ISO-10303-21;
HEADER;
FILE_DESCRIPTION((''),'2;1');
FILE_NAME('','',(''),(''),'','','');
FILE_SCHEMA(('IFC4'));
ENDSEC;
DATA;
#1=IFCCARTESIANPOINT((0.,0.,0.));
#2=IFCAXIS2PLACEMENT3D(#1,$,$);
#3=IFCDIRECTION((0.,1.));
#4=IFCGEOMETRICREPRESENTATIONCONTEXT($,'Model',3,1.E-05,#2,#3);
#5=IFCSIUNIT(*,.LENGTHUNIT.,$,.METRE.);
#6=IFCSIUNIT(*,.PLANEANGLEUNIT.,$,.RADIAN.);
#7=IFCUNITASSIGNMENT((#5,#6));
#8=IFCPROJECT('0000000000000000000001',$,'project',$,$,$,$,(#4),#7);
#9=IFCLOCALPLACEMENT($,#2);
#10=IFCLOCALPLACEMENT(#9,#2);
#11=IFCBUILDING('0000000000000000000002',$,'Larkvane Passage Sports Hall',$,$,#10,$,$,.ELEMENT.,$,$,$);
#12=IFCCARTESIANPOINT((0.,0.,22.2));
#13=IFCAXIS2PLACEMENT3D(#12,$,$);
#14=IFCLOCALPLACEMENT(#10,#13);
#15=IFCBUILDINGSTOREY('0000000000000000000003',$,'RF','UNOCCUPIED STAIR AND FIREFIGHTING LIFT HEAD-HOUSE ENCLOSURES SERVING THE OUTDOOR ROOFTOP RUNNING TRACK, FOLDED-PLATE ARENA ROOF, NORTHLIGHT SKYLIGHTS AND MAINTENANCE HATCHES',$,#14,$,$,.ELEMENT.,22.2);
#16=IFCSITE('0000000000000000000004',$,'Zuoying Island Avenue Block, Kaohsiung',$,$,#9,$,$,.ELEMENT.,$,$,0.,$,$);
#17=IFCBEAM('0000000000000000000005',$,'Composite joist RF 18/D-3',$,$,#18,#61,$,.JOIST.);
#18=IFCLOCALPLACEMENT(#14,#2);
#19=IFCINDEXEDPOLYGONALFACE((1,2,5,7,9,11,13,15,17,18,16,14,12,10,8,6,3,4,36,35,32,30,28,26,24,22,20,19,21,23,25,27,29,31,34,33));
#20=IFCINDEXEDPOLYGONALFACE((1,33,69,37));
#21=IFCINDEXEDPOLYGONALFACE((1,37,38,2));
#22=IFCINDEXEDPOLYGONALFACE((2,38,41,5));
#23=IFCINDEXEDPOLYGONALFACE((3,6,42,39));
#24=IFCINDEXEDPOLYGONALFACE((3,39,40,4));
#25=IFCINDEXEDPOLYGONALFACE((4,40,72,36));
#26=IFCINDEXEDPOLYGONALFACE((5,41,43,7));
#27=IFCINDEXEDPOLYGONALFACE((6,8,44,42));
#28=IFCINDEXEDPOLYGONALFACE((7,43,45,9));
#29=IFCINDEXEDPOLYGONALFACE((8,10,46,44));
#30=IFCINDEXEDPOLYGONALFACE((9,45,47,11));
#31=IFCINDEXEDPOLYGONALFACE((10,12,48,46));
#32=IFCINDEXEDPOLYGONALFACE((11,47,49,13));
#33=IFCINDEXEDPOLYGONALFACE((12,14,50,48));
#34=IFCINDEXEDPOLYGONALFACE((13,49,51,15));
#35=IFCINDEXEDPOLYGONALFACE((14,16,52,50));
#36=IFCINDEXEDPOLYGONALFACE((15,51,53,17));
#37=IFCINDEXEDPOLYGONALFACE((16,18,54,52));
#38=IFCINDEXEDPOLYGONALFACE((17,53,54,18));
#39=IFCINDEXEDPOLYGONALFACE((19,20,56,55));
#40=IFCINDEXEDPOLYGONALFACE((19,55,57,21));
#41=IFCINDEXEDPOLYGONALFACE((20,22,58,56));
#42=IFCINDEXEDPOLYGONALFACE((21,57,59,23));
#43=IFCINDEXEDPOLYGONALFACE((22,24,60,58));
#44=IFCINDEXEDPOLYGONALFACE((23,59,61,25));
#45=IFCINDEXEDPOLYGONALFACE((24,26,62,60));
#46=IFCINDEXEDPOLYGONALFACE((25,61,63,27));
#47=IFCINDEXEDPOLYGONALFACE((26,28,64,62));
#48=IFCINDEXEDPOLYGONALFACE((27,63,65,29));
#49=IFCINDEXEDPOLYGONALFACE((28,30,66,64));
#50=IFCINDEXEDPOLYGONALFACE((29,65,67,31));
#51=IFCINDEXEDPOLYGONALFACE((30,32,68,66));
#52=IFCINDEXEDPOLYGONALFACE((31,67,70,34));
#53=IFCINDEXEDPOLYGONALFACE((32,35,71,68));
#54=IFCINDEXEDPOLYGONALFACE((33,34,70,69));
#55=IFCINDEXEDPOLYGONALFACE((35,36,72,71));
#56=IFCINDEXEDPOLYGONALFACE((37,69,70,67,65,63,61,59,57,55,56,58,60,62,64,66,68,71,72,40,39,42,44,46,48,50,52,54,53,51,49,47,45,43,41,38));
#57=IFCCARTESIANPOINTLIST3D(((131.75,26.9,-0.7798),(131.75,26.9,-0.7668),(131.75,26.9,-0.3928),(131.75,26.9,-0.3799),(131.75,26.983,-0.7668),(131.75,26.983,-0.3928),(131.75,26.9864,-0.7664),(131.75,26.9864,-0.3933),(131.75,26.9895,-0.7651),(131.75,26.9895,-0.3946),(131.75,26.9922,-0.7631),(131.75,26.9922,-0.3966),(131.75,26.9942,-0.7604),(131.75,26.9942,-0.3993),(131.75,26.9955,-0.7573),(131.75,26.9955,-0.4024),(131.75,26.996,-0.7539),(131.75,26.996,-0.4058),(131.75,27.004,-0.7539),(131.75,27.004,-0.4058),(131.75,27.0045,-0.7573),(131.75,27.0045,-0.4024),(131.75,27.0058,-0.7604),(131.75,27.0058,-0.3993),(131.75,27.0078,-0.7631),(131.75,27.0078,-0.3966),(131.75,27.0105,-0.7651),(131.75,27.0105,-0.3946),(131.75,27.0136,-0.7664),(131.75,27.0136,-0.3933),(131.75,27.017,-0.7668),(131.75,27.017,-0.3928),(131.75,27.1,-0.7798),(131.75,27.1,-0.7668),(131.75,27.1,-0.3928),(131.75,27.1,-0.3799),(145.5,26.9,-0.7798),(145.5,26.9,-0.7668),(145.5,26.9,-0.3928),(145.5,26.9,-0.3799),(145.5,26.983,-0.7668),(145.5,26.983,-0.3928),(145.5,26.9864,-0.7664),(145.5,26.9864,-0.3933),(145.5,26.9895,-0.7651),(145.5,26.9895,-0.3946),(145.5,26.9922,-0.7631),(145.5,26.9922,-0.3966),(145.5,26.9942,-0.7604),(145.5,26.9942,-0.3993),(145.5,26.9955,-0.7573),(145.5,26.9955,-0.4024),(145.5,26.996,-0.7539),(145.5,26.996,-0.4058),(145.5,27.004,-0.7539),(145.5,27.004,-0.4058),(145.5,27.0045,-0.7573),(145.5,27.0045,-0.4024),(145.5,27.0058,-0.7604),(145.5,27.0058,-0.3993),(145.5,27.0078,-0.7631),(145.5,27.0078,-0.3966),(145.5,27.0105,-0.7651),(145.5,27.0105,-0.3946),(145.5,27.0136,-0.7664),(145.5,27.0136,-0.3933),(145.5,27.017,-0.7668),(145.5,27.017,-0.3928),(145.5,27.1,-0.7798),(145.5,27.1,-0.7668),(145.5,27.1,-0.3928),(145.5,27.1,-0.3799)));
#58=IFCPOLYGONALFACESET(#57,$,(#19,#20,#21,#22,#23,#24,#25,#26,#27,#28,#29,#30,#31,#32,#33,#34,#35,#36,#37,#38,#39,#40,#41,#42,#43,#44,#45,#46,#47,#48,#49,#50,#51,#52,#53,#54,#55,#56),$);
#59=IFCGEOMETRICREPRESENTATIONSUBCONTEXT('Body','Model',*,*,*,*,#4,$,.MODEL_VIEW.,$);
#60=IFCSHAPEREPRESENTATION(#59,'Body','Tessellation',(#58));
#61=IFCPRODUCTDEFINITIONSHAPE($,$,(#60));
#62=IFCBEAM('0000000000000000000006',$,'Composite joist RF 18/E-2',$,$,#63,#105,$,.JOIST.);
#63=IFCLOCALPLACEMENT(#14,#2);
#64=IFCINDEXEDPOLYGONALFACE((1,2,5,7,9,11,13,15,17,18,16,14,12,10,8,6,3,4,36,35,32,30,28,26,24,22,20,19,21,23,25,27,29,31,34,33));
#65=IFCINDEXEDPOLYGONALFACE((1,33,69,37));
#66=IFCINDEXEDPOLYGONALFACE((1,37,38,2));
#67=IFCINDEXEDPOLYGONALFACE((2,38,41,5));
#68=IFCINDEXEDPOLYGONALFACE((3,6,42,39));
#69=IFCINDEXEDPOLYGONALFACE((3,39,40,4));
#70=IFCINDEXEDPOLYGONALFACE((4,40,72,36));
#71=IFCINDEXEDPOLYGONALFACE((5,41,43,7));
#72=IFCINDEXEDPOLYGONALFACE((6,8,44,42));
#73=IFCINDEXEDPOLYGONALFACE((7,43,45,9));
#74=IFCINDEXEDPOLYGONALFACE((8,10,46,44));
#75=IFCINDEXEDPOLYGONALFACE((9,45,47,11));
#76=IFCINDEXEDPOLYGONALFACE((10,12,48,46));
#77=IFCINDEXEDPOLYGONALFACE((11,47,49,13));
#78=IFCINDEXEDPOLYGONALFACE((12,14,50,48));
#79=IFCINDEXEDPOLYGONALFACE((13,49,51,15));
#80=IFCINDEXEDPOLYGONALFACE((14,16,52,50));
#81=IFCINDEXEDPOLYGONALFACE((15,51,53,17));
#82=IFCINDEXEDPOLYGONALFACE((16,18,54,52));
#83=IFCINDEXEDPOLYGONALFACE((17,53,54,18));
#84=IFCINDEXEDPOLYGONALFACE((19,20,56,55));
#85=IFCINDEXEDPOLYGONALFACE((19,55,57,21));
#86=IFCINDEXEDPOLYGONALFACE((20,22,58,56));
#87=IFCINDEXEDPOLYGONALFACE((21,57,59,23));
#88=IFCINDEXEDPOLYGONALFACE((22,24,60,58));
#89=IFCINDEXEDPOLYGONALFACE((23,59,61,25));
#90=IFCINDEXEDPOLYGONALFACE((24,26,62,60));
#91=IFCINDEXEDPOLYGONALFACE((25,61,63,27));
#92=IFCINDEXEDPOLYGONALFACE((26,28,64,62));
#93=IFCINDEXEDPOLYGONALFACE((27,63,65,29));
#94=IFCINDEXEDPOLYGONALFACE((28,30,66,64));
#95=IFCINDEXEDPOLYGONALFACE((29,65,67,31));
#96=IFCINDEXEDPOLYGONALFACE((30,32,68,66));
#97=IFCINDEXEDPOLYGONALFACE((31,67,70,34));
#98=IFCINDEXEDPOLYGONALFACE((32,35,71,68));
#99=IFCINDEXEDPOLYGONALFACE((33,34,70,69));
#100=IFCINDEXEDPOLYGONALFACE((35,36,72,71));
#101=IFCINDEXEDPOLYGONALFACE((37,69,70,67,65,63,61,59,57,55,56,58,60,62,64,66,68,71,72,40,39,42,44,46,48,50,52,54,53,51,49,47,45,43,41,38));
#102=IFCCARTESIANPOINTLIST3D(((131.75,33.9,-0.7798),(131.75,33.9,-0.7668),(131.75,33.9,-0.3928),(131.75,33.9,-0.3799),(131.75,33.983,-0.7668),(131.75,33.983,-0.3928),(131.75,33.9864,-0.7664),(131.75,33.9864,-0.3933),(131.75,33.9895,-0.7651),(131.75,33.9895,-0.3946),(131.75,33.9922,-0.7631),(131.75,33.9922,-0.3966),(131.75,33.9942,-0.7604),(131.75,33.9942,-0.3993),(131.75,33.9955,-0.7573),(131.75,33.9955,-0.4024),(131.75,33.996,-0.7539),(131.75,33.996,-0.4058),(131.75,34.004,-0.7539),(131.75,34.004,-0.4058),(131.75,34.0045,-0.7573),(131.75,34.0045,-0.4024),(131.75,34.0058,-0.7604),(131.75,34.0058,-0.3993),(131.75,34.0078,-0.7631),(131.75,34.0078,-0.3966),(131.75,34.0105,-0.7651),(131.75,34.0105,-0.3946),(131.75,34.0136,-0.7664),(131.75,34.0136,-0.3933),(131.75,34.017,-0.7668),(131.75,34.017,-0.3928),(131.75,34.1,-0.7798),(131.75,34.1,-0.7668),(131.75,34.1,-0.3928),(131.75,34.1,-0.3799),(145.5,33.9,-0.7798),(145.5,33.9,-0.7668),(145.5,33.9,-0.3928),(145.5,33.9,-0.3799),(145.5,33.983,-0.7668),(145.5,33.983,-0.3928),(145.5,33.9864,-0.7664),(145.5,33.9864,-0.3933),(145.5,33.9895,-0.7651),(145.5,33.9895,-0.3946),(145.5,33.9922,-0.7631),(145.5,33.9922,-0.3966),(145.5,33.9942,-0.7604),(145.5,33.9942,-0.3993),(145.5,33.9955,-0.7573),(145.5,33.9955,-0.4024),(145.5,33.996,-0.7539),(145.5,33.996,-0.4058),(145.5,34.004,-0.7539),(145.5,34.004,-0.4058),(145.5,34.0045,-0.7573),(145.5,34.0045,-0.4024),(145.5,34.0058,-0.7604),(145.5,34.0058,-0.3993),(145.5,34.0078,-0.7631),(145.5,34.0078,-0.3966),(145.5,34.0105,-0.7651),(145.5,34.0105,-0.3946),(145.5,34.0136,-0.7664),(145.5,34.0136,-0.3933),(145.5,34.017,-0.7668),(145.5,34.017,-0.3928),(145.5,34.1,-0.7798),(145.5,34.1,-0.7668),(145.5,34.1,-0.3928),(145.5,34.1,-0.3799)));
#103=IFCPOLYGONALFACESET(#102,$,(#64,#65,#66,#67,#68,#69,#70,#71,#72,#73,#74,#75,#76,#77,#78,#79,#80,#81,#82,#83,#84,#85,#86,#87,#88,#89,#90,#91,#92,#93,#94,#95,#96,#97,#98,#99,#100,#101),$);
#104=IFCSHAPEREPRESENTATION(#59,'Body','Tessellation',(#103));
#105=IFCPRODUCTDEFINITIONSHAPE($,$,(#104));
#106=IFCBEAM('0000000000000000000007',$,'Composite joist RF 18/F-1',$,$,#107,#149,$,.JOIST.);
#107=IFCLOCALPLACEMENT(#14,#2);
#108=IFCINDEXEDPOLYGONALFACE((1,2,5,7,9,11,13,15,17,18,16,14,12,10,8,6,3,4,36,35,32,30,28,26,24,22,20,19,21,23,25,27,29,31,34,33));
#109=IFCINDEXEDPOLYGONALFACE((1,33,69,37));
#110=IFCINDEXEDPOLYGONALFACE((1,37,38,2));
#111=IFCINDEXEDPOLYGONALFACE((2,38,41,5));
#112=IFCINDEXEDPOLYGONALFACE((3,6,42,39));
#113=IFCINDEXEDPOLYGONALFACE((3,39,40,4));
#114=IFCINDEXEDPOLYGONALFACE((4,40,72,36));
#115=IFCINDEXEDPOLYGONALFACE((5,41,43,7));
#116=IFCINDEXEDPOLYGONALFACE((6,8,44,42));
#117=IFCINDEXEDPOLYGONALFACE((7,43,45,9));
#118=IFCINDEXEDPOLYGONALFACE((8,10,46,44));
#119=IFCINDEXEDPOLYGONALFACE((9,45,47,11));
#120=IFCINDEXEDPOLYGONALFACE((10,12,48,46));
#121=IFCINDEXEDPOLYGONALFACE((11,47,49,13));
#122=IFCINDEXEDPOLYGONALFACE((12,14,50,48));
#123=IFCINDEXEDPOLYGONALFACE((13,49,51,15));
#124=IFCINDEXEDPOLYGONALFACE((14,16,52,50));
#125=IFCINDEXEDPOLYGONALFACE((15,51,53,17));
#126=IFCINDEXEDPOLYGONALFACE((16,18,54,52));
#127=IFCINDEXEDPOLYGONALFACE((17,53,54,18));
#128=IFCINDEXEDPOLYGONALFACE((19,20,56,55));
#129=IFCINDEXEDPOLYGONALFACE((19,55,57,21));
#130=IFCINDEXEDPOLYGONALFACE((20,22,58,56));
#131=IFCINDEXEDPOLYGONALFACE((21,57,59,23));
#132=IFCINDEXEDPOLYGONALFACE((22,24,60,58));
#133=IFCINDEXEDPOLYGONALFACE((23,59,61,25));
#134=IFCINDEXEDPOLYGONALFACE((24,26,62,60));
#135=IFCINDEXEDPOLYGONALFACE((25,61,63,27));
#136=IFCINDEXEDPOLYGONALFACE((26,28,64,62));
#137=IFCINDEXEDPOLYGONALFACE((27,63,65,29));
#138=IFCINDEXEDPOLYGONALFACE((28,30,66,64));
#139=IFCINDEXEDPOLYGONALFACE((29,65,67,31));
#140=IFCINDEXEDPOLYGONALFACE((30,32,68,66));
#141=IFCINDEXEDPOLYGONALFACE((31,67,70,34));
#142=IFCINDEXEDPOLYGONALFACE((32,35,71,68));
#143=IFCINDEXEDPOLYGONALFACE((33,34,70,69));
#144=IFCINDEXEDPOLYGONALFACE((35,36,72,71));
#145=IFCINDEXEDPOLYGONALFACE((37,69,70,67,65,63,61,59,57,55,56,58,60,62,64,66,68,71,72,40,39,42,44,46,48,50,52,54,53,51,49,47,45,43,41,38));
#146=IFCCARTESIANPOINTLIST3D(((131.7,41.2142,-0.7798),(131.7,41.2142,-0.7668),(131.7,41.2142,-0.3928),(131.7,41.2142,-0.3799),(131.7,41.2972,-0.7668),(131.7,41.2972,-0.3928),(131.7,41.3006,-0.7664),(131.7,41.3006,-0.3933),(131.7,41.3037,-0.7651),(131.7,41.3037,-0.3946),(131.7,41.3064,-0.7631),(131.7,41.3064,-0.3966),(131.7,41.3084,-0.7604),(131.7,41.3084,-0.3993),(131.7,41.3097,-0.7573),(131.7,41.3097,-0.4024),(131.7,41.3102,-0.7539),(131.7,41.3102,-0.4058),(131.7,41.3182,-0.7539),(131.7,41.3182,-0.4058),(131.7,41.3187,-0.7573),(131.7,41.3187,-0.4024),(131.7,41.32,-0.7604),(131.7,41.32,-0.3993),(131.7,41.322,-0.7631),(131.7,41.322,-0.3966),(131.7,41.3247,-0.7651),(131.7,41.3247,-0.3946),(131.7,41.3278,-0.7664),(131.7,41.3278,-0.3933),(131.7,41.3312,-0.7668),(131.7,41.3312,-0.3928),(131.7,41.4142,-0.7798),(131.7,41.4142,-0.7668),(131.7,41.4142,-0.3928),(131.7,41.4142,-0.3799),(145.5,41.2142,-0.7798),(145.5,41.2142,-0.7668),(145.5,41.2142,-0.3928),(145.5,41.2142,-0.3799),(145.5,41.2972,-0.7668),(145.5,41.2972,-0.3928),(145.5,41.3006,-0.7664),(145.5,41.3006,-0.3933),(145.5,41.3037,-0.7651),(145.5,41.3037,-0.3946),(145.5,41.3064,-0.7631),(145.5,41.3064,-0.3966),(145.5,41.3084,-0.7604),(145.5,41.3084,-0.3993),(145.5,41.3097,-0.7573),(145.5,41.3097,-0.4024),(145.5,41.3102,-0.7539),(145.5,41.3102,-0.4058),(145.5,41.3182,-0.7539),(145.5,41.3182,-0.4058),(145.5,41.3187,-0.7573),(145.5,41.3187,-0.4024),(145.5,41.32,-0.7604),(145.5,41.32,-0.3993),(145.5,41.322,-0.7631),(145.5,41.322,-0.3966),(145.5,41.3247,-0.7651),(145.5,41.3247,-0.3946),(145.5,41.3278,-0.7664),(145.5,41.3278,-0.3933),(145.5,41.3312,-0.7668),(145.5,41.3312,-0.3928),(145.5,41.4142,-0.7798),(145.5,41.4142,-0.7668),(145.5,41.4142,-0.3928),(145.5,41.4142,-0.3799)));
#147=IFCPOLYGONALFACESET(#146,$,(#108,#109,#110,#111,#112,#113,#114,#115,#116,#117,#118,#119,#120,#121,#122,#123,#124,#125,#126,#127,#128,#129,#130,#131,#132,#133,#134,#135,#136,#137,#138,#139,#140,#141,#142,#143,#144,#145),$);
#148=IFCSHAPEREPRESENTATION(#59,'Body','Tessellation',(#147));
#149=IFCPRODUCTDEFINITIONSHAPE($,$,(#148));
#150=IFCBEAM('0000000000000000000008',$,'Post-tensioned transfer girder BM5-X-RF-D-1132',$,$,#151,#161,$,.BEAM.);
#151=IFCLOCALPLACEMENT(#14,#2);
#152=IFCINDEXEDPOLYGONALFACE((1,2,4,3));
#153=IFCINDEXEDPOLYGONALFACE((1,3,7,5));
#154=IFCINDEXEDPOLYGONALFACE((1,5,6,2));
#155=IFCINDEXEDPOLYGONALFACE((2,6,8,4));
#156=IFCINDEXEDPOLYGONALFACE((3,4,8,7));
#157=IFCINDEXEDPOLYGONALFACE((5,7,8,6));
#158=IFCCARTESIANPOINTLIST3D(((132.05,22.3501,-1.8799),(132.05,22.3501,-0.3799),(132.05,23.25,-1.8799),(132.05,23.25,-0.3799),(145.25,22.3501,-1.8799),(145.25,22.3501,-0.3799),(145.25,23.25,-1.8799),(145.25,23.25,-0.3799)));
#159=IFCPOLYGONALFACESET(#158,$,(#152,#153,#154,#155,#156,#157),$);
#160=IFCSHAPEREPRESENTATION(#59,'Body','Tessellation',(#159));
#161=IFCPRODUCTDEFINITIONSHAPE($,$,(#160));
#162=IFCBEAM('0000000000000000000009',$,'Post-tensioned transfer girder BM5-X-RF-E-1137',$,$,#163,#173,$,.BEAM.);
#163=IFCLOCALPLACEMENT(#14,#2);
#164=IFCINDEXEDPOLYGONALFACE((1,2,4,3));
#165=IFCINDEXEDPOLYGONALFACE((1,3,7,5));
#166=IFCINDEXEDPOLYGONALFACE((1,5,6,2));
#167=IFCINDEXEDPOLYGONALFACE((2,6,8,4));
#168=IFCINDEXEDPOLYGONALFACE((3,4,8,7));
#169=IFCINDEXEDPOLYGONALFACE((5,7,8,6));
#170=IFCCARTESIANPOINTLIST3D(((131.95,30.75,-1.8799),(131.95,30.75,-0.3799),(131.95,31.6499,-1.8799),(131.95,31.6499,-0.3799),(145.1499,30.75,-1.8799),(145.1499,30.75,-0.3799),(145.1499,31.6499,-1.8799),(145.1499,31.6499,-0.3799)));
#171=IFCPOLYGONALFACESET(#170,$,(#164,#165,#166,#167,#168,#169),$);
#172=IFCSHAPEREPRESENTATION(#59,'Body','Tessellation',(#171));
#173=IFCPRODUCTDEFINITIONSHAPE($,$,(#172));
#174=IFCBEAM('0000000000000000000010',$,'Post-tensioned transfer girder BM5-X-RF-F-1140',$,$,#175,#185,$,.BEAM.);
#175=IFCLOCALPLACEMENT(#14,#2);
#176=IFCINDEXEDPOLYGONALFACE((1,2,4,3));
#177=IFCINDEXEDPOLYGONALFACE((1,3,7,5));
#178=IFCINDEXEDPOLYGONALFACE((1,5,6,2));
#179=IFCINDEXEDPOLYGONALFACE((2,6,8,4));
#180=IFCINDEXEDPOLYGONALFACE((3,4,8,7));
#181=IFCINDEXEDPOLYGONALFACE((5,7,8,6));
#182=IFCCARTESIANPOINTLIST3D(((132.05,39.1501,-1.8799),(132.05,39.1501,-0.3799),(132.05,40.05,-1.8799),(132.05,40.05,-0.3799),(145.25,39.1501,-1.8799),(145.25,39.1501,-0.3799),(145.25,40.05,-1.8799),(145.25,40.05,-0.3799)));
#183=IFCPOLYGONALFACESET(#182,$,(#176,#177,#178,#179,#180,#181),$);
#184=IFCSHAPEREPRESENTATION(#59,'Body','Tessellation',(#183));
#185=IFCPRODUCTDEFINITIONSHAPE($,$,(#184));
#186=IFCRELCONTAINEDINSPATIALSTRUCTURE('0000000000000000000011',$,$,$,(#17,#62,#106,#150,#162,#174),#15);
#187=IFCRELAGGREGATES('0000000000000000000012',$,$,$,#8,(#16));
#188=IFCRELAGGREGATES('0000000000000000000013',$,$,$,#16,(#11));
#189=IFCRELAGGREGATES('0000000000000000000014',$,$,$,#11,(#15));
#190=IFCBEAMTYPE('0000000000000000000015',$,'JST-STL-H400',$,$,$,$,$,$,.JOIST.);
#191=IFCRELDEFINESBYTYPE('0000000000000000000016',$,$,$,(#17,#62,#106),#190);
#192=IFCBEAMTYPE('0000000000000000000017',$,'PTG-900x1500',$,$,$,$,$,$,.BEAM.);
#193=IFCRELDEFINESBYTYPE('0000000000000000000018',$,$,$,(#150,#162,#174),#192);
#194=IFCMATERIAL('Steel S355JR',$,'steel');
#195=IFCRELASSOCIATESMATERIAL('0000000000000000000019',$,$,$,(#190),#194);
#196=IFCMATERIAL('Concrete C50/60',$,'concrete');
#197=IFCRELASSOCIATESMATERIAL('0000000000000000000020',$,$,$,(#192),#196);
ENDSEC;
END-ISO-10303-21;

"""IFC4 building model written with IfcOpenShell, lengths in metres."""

from ifc_helpers import new_model, si_unit, direction, frame, origin, origin_2d, place, context, subcontext, project, spatial, rectangle, i_section, extrude, material, material_profile, profile_set, type_object, element, save


model = new_model("IFC4")

# Units and contexts
model_context = context("Model", 3, precision=1e-05, world=origin(), true_north=direction((0.0, 1.0)))
body_context = subcontext(model_context, "Body", "Model", "MODEL_VIEW")
ifc_project = project(units=[si_unit("LENGTHUNIT", "METRE"), si_unit("PLANEANGLEUNIT", "RADIAN")], contexts=[model_context])

# Site, building, storey
site_placement = place(None, origin())
site = spatial("IfcSite", under=ifc_project, at=site_placement, Name="Zuoying Island Avenue Block, Kaohsiung", CompositionType="ELEMENT", RefElevation=0.0)
building_placement = place(site_placement, origin())
building = spatial("IfcBuilding", under=site, at=building_placement, Name="Larkvane Passage Sports Hall", CompositionType="ELEMENT")
storey_placement = place(building_placement, frame((0.0, 0.0, 22.2)))
storey = spatial("IfcBuildingStorey", under=building, at=storey_placement, Name="RF", Description="UNOCCUPIED STAIR AND FIREFIGHTING LIFT HEAD-HOUSE ENCLOSURES SERVING THE OUTDOOR ROOFTOP RUNNING TRACK, FOLDED-PLATE ARENA ROOF, NORTHLIGHT SKYLIGHTS AND MAINTENANCE HATCHES", CompositionType="ELEMENT", Elevation=22.2)

# Beams
ifc_material_1 = material(Name="Steel S355JR", Category="steel")
ifc_material_profile_1 = material_profile(ifc_material_1, i_section(OverallWidth=0.2, OverallDepth=0.3999, WebThickness=0.0081, FlangeThickness=0.0129, FilletRadius=0.0129, at=origin_2d()), Name="H-400x200x8x13")
ifc_profile_set_1 = profile_set([ifc_material_profile_1], Name="Steel S355JR")
beam_type_1 = type_object("IfcBeamType", Name="JST-STL-H400", PredefinedType="JOIST", material=ifc_profile_set_1)
for number, where, z_axis, x_axis, name in (
    (1, (131.75, 27.0, -0.5798), (1.0, 0.0, 0.0), (0.0, 1.0, 0.0), "Composite joist RF 18/D-3"),
    (2, (131.75, 34.0, -0.5798), (1.0, 0.0, 0.0), (0.0, 1.0, 0.0), "Composite joist RF 18/E-2"),
):
    element("IfcBeam", number, at=place(storey_placement, frame(where, z_axis=z_axis, x_axis=x_axis)), inside=storey, type_object=beam_type_1, Name=name, PredefinedType="JOIST", context=body_context, shape_type="SweptSolid", body=[
        extrude(i_section(OverallWidth=0.2, OverallDepth=0.3999, WebThickness=0.0081, FlangeThickness=0.0129, FilletRadius=0.0129, at=origin_2d()), origin(), (0.0, 0.0, 1.0), 13.75),
    ])
beam_1_placement = place(storey_placement, frame((131.7, 41.3142, -0.5798), z_axis=(1.0, 0.0, 0.0), x_axis=(0.0, 1.0, 0.0)))
element("IfcBeam", 3, at=beam_1_placement, inside=storey, type_object=beam_type_1, Name="Composite joist RF 18/F-1", PredefinedType="JOIST", context=body_context, shape_type="SweptSolid", body=[
    extrude(i_section(OverallWidth=0.2, OverallDepth=0.3999, WebThickness=0.0081, FlangeThickness=0.0129, FilletRadius=0.0129, at=origin_2d()), origin(), (0.0, 0.0, 1.0), 13.8),
])
ifc_material_2 = material(Name="Concrete C50/60", Category="concrete")
ifc_material_profile_2 = material_profile(ifc_material_2, rectangle(XDim=0.8999, YDim=1.5, at=origin_2d()), Name="PT-GIR-900x1500")
ifc_profile_set_2 = profile_set([ifc_material_profile_2], Name="Concrete C50/60")
beam_type_2 = type_object("IfcBeamType", Name="PTG-900x1500", PredefinedType="BEAM", material=ifc_profile_set_2)
for number, where, z_axis, x_axis, name in (
    (4, (132.05, 22.8, -1.1299), (1.0, 0.0, 0.0), (0.0, 1.0, 0.0), "Post-tensioned transfer girder BM5-X-RF-D-1132"),
    (5, (131.95, 31.2, -1.1299), (1.0, 0.0, 0.0), (0.0, 1.0, 0.0), "Post-tensioned transfer girder BM5-X-RF-E-1137"),
    (6, (132.05, 39.6001, -1.1299), (1.0, 0.0, 0.0), (0.0, 1.0, 0.0), "Post-tensioned transfer girder BM5-X-RF-F-1140"),
):
    element("IfcBeam", number, at=place(storey_placement, frame(where, z_axis=z_axis, x_axis=x_axis)), inside=storey, type_object=beam_type_2, Name=name, PredefinedType="BEAM", context=body_context, shape_type="SweptSolid", body=[
        extrude(rectangle(XDim=0.8999, YDim=1.5, at=origin_2d()), origin(), (0.0, 0.0, 1.0), 13.2),
    ])

save(model, "model.ifc")
